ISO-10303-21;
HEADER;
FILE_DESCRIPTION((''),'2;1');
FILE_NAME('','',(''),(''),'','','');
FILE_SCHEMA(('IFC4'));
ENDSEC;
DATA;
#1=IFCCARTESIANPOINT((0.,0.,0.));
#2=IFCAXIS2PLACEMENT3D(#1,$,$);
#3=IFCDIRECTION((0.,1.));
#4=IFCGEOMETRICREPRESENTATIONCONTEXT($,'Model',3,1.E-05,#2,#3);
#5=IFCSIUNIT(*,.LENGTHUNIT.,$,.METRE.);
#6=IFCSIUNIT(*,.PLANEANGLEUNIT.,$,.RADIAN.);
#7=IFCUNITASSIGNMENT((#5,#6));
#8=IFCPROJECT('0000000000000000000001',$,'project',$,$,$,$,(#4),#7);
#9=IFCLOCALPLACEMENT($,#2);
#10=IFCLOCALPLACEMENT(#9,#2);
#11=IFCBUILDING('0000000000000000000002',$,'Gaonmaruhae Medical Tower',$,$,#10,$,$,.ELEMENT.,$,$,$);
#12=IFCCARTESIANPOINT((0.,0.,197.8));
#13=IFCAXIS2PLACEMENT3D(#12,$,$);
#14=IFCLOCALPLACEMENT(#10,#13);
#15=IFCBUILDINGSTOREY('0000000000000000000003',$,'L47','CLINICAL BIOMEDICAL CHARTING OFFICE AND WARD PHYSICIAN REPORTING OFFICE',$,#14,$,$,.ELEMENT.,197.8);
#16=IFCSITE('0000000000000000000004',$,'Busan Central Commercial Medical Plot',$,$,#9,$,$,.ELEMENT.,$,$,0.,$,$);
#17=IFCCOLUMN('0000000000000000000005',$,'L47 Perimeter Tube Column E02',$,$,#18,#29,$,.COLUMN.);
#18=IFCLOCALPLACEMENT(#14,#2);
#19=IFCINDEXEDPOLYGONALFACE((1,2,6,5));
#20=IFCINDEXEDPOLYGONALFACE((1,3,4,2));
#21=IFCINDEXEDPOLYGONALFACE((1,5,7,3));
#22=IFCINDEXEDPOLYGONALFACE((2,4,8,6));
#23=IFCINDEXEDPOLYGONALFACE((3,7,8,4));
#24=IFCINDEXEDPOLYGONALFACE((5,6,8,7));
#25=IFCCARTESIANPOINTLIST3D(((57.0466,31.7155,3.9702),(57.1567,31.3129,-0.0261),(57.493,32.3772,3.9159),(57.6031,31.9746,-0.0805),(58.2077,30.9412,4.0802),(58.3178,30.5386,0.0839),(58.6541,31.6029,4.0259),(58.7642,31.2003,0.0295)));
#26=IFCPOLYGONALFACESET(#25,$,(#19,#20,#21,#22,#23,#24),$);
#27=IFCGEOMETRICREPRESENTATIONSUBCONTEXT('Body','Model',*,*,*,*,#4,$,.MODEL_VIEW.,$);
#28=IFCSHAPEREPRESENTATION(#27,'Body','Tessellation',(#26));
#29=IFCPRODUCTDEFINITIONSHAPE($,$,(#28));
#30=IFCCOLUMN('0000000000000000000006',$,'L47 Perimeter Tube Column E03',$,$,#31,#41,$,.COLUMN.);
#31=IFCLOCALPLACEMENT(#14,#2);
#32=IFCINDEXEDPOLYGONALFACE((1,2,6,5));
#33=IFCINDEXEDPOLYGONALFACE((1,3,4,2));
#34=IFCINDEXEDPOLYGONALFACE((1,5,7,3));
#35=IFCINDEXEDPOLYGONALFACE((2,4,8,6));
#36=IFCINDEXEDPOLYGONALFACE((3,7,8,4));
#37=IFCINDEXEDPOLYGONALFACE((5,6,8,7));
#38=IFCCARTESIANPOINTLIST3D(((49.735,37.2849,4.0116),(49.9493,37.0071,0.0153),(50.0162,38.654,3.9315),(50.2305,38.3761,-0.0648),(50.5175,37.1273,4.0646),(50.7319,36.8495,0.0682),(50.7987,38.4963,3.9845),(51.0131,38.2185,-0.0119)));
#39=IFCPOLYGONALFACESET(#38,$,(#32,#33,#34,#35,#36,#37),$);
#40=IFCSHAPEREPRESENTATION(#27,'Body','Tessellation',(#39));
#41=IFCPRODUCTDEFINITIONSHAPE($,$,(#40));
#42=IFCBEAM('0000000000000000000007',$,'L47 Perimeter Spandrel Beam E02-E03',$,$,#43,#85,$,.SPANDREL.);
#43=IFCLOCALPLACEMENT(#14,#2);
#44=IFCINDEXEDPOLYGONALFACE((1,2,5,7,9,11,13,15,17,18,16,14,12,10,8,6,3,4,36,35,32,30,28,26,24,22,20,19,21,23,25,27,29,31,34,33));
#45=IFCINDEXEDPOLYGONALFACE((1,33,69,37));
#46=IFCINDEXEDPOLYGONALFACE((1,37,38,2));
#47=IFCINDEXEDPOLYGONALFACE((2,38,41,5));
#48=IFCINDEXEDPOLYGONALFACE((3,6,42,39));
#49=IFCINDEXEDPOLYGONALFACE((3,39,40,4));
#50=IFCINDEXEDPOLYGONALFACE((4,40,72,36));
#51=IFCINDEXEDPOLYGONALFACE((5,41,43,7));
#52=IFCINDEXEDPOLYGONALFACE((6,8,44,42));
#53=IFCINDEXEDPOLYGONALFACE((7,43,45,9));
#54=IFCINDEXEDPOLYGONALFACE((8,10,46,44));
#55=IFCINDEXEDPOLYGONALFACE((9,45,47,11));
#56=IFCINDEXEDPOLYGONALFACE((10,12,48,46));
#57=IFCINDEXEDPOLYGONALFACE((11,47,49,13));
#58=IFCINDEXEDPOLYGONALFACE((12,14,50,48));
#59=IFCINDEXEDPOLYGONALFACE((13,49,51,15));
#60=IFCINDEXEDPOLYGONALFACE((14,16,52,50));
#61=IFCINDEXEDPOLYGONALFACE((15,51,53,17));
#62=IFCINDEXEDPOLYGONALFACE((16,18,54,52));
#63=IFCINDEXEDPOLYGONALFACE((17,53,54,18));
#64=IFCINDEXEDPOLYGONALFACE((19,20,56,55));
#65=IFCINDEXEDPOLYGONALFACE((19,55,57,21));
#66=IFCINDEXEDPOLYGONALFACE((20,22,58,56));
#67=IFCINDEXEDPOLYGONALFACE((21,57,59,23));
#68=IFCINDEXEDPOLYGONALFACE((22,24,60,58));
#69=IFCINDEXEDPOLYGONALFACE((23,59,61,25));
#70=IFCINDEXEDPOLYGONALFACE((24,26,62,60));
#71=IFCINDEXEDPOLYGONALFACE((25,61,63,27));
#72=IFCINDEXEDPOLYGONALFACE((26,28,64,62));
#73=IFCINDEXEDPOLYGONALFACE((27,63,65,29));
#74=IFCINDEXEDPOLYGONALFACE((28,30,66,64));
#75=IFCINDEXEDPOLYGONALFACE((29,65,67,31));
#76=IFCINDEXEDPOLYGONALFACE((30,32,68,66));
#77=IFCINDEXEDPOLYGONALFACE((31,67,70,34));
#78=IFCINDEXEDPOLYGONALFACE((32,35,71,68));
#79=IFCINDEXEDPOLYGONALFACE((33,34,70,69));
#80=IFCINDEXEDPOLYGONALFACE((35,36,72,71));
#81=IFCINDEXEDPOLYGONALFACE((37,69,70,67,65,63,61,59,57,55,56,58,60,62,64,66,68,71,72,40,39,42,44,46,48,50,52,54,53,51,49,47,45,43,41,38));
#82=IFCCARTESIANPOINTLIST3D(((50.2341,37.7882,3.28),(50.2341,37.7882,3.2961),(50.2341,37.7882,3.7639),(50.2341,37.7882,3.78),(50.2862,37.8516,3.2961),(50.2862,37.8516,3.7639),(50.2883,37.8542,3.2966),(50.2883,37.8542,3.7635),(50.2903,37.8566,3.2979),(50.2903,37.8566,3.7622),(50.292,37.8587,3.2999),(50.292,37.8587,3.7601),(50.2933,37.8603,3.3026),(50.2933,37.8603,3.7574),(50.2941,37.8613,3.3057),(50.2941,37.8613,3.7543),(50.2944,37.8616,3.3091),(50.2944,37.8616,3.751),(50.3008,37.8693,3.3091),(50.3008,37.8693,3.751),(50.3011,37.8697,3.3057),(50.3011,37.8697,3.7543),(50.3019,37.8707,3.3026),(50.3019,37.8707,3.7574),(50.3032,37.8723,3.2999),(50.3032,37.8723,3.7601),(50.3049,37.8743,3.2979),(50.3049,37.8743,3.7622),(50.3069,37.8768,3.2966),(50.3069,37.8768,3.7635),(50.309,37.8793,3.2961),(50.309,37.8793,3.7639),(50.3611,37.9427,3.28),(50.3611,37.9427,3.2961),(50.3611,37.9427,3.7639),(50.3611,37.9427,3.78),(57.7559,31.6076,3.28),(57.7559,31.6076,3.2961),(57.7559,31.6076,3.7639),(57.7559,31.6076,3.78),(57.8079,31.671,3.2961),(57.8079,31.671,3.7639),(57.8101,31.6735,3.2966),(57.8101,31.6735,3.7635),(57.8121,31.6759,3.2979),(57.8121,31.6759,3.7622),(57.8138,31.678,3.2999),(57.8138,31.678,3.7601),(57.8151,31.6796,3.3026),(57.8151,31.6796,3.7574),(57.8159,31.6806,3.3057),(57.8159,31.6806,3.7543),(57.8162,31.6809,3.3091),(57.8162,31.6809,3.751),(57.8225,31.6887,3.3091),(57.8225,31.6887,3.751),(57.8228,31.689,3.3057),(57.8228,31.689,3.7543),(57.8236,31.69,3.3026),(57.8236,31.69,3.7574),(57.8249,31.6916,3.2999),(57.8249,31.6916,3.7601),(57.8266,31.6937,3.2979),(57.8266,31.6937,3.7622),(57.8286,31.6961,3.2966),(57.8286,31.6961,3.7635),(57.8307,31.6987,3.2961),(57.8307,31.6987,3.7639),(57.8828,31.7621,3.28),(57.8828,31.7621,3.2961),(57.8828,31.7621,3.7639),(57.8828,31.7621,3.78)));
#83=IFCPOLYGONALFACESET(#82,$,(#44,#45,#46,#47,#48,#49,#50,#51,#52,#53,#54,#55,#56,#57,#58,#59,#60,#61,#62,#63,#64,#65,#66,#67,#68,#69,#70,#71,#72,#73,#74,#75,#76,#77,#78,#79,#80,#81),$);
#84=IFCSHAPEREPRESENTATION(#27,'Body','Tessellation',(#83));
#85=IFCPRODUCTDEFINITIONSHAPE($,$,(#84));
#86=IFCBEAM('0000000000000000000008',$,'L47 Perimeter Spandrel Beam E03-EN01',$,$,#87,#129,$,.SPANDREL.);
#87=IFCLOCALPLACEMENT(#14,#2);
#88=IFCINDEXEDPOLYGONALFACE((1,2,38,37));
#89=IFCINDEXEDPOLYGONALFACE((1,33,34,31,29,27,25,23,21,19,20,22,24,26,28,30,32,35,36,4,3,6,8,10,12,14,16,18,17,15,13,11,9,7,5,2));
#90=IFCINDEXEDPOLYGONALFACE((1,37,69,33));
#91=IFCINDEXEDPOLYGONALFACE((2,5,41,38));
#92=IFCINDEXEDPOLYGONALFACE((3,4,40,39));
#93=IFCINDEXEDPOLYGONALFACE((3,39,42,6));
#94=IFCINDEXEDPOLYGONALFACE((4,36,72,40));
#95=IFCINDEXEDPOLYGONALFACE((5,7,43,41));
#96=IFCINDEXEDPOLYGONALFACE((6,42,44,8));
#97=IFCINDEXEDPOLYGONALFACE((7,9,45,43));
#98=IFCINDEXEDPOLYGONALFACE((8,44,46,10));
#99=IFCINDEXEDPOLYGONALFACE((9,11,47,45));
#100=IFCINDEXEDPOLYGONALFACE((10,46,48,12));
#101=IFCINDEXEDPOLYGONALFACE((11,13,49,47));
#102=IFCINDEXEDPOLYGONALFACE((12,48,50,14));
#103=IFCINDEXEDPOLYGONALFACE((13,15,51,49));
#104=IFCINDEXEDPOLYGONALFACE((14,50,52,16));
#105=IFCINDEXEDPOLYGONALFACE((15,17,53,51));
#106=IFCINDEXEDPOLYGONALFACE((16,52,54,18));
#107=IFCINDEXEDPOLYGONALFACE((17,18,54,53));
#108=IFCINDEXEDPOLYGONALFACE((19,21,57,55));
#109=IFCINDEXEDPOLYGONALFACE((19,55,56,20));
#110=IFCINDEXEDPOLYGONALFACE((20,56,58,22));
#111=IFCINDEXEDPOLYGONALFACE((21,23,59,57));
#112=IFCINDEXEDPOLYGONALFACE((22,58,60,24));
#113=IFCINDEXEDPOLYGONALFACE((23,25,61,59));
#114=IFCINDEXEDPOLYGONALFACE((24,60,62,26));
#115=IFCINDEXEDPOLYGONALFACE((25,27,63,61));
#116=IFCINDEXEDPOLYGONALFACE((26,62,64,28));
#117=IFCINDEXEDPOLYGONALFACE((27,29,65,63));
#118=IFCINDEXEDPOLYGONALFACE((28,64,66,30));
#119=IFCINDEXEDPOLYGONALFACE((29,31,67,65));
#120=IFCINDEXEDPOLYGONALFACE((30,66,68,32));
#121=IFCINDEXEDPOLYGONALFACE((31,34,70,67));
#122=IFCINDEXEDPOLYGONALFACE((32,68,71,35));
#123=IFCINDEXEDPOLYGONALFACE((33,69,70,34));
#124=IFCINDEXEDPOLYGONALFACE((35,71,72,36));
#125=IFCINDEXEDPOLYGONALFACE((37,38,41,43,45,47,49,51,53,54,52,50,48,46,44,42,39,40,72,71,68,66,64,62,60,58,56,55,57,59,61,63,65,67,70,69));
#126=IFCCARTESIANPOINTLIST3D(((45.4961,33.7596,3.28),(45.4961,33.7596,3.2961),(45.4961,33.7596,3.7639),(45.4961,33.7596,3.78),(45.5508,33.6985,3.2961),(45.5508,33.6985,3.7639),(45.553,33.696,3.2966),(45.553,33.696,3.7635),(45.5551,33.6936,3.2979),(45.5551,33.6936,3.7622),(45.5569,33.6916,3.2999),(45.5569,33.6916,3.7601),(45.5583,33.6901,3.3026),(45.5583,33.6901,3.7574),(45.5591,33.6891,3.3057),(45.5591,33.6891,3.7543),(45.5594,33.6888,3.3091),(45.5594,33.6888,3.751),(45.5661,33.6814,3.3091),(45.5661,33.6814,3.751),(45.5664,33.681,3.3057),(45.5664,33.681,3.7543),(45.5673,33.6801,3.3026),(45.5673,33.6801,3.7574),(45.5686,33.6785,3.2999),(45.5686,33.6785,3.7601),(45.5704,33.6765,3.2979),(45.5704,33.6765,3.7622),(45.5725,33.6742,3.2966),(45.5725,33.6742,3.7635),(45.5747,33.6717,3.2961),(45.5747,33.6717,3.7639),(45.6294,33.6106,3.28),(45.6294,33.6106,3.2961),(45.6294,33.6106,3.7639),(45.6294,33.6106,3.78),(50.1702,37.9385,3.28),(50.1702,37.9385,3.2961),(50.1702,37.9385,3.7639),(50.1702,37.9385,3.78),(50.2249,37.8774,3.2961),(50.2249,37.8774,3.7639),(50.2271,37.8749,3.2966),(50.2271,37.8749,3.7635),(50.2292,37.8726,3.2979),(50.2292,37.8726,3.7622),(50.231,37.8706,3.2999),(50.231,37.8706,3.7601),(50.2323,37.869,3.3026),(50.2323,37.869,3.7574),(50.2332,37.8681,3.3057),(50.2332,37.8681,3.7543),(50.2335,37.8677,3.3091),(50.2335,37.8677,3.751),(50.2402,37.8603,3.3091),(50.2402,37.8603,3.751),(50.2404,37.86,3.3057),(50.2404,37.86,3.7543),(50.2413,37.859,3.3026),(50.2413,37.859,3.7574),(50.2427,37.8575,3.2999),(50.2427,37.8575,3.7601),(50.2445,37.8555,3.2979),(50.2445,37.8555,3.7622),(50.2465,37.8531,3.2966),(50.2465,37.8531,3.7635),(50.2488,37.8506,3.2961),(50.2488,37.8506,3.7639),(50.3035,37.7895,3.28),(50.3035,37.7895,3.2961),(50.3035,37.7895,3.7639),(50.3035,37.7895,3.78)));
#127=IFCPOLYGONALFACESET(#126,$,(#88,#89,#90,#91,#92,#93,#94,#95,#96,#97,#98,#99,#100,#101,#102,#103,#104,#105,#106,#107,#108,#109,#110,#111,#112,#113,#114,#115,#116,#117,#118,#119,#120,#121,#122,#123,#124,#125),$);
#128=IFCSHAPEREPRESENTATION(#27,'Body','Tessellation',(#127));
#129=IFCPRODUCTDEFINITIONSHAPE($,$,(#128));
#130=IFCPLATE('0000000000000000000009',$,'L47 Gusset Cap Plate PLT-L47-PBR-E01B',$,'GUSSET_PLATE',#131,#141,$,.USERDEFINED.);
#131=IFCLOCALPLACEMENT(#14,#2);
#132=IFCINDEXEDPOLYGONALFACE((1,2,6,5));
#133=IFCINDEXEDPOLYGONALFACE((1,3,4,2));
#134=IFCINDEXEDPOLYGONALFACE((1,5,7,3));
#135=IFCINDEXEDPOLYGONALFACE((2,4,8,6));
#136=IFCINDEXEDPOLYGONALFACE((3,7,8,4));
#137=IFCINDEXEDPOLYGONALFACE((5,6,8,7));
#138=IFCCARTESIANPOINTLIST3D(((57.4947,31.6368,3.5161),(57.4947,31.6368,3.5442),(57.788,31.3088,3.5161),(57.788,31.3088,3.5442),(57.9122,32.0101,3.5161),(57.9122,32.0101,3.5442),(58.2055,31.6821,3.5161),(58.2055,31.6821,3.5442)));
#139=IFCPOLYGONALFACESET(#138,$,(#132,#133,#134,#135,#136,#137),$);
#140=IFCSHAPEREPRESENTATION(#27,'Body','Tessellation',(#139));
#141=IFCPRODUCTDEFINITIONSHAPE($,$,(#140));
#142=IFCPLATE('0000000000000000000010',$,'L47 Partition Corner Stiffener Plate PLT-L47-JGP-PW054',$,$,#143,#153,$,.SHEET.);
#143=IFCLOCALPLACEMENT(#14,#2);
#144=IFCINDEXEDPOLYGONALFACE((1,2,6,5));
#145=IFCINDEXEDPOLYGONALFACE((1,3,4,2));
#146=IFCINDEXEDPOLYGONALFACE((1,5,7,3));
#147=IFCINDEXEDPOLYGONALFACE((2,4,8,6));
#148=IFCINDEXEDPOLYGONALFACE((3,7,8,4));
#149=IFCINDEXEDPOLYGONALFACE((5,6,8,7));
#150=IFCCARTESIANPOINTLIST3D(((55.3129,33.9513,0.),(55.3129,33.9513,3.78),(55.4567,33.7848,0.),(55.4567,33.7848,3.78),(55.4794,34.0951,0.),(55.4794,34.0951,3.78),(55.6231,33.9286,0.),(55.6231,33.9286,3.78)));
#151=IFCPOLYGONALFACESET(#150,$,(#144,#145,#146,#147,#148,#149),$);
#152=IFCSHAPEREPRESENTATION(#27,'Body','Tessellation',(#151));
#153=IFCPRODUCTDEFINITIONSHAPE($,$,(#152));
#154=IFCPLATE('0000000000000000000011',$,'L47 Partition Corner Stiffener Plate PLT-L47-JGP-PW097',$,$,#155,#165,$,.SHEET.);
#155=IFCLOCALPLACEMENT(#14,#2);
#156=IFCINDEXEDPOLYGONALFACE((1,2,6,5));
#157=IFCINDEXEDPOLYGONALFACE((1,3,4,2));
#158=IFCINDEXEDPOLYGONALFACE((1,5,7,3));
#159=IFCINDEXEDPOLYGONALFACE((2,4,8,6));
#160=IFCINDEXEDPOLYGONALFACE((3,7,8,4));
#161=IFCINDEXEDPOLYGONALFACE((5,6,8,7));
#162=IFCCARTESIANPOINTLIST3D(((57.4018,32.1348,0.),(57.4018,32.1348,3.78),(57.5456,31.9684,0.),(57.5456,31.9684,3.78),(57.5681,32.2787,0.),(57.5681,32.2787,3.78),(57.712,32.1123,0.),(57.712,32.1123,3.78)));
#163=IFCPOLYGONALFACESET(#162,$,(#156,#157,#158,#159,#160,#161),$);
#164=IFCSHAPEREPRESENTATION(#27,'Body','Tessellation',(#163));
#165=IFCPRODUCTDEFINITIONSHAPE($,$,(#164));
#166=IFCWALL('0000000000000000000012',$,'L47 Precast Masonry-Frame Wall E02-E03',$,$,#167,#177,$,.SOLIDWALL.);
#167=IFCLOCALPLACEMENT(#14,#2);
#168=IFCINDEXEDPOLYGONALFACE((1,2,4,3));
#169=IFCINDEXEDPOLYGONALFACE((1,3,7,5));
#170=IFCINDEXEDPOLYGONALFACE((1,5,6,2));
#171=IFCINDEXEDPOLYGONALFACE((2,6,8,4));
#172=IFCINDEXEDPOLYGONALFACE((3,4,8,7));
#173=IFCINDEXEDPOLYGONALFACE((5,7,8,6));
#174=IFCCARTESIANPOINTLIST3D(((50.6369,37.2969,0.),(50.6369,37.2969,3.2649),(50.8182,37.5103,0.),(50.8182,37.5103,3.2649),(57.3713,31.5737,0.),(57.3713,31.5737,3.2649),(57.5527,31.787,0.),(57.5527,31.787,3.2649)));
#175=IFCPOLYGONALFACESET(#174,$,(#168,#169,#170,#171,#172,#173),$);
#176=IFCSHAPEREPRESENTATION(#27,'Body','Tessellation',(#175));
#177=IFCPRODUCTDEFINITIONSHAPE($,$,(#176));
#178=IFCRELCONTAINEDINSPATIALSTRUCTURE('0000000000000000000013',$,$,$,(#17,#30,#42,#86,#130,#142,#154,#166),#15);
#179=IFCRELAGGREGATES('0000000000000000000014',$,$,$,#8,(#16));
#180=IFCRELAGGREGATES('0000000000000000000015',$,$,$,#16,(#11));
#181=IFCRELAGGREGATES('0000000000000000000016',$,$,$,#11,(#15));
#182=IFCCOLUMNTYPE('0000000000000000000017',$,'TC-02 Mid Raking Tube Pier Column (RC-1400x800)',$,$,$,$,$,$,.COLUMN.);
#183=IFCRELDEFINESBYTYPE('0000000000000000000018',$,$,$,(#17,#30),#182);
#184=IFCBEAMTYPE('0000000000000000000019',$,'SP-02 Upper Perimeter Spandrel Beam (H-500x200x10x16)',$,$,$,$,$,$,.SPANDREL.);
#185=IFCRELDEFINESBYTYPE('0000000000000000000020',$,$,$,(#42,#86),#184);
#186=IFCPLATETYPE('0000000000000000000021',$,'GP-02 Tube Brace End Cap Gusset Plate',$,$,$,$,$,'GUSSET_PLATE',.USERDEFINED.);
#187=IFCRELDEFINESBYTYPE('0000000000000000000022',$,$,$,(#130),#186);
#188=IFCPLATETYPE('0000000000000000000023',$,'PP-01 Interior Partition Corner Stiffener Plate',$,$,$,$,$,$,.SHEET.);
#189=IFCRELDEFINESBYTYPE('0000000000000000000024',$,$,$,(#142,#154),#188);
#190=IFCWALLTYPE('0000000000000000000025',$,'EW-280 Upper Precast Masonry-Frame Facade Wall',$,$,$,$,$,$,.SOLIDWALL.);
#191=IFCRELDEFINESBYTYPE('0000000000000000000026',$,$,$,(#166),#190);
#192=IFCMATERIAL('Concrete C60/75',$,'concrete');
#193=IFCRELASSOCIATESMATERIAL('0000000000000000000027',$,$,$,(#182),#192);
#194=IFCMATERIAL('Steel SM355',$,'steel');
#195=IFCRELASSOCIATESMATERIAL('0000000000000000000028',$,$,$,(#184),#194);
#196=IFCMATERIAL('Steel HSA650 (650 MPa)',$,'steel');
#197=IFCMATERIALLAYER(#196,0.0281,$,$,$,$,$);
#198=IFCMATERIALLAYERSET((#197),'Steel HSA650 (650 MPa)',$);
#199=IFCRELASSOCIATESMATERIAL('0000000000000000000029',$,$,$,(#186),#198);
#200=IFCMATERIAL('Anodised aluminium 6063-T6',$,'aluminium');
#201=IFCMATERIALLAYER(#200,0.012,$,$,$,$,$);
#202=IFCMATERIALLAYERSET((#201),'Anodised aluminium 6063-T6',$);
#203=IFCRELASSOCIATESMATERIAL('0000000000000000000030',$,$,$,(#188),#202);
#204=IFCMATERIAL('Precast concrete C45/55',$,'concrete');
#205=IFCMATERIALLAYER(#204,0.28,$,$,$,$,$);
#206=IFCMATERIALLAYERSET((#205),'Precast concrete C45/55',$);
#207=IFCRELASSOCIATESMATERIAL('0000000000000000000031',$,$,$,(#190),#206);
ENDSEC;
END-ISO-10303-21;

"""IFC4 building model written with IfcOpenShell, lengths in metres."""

from ifc_helpers import new_model, si_unit, direction, frame, frame_2d, origin, origin_2d, place, context, subcontext, project, spatial, rectangle, i_section, extrude, material, layer, layer_set, material_profile, profile_set, type_object, element, save


model = new_model("IFC4")

# Units and contexts
model_context = context("Model", 3, precision=1e-05, world=origin(), true_north=direction((0.0, 1.0)))
body_context = subcontext(model_context, "Body", "Model", "MODEL_VIEW")
ifc_project = project(units=[si_unit("LENGTHUNIT", "METRE"), si_unit("PLANEANGLEUNIT", "RADIAN")], contexts=[model_context])

# Site, building, storey
site_placement = place(None, origin())
site = spatial("IfcSite", under=ifc_project, at=site_placement, Name="Busan Central Commercial Medical Plot", CompositionType="ELEMENT", RefElevation=0.0)
building_placement = place(site_placement, origin())
building = spatial("IfcBuilding", under=site, at=building_placement, Name="Gaonmaruhae Medical Tower", CompositionType="ELEMENT")
storey_placement = place(building_placement, frame((0.0, 0.0, 197.8)))
storey = spatial("IfcBuildingStorey", under=building, at=storey_placement, Name="L47", Description="CLINICAL BIOMEDICAL CHARTING OFFICE AND WARD PHYSICIAN REPORTING OFFICE", CompositionType="ELEMENT", Elevation=197.8)

# Columns
ifc_material_1 = material(Name="Concrete C60/75", Category="concrete")
ifc_material_profile_1 = material_profile(ifc_material_1, rectangle(XDim=1.3999, YDim=0.8, at=origin_2d()), Name="RC-1400x800")
ifc_profile_set_1 = profile_set([ifc_material_profile_1], Name="Concrete C60/75")
column_type = type_object("IfcColumnType", Name="TC-02 Mid Raking Tube Pier Column (RC-1400x800)", PredefinedType="COLUMN", material=ifc_profile_set_1)
column_1_placement = place(storey_placement, frame((57.9604, 31.2566, 0.0017), z_axis=(-0.027403, 0.100194, 0.99459), x_axis=(0.829383, -0.553128, 0.078573)))
element("IfcColumn", 1, at=column_1_placement, inside=storey, type_object=column_type, Name="L47 Perimeter Tube Column E02", PredefinedType="COLUMN", context=body_context, shape_type="SweptSolid", body=[
    extrude(rectangle(XDim=1.3999, YDim=0.8, at=origin_2d()), origin(), (0.0, 0.0, 1.0), 4.0181),
])
column_2_placement = place(storey_placement, frame((50.4812, 37.6128, 0.0017), z_axis=(-0.053432, 0.069255, 0.996167), x_axis=(-0.200878, -0.977944, 0.057214)))
element("IfcColumn", 2, at=column_2_placement, inside=storey, type_object=column_type, Name="L47 Perimeter Tube Column E03", PredefinedType="COLUMN", context=body_context, shape_type="SweptSolid", body=[
    extrude(rectangle(XDim=1.3999, YDim=0.8, at=origin_2d()), origin(), (0.0, 0.0, 1.0), 4.0117),
])

# Beams
ifc_material_2 = material(Name="Steel SM355", Category="steel")
ifc_material_profile_2 = material_profile(ifc_material_2, i_section(OverallWidth=0.2, OverallDepth=0.5, WebThickness=0.01, FlangeThickness=0.0161, FilletRadius=0.0129, at=origin_2d()), Name="H-500x200x10x16")
ifc_profile_set_2 = profile_set([ifc_material_profile_2], Name="Steel SM355")
beam_type = type_object("IfcBeamType", Name="SP-02 Upper Perimeter Spandrel Beam (H-500x200x10x16)", PredefinedType="SPANDREL", material=ifc_profile_set_2)
beam_1_placement = place(storey_placement, frame((57.8193, 31.6848, 3.53), z_axis=(-0.77262, 0.634868, 0.0), x_axis=(-0.634868, -0.77262, 0.0)))
element("IfcBeam", 3, at=beam_1_placement, inside=storey, type_object=beam_type, Name="L47 Perimeter Spandrel Beam E02-E03", PredefinedType="SPANDREL", context=body_context, shape_type="SweptSolid", body=[
    extrude(i_section(OverallWidth=0.2, OverallDepth=0.5, WebThickness=0.01, FlangeThickness=0.0161, FilletRadius=0.0129, at=origin_2d()), origin(), (0.0, 0.0, 1.0), 9.7354),
])
beam_2_placement = place(storey_placement, frame((50.2368, 37.864, 3.53), z_axis=(-0.745488, -0.666519, 0.0), x_axis=(0.666519, -0.745488, 0.0)))
element("IfcBeam", 4, at=beam_2_placement, inside=storey, type_object=beam_type, Name="L47 Perimeter Spandrel Beam E03-EN01", PredefinedType="SPANDREL", context=body_context, shape_type="SweptSolid", body=[
    extrude(i_section(OverallWidth=0.2, OverallDepth=0.5, WebThickness=0.01, FlangeThickness=0.0161, FilletRadius=0.0129, at=origin_2d()), origin(), (0.0, 0.0, 1.0), 6.2698),
])

# Plates
ifc_material_3 = material(Name="Steel HSA650 (650 MPa)", Category="steel")
ifc_layer_1 = layer(ifc_material_3, 0.0281)
ifc_layer_set_1 = layer_set([ifc_layer_1], Name="Steel HSA650 (650 MPa)")
plate_type_1 = type_object("IfcPlateType", Name="GP-02 Tube Brace End Cap Gusset Plate", ElementType="GUSSET_PLATE", PredefinedType="USERDEFINED", material=ifc_layer_set_1)
plate_placement = place(storey_placement, frame((57.8501, 31.6594, 3.5161), z_axis=(0.0, 0.0, 1.0), x_axis=(0.745476, 0.666532, 0.0)))
element("IfcPlate", 5, at=plate_placement, inside=storey, type_object=plate_type_1, Name="L47 Gusset Cap Plate PLT-L47-PBR-E01B", ObjectType="GUSSET_PLATE", PredefinedType="USERDEFINED", context=body_context, shape_type="SweptSolid", body=[
    extrude(rectangle(XDim=0.5601, YDim=0.4399, at=origin_2d()), origin(), (0.0, 0.0, 1.0), 0.0281),
])
ifc_material_4 = material(Name="Anodised aluminium 6063-T6", Category="aluminium")
ifc_layer_2 = layer(ifc_material_4, 0.012)
ifc_layer_set_2 = layer_set([ifc_layer_2], Name="Anodised aluminium 6063-T6")
plate_type_2 = type_object("IfcPlateType", Name="PP-01 Interior Partition Corner Stiffener Plate", PredefinedType="SHEET", material=ifc_layer_set_2)
for number, where, z_axis, x_axis, name in (
    (6, (55.468, 33.9399, 0.0), (0.0, 0.0, 1.0), (-0.756824, -0.653619, 0.0), "L47 Partition Corner Stiffener Plate PLT-L47-JGP-PW054"),
    (7, (57.5569, 32.1235, 0.0), (0.0, 0.0, 1.0), (0.756436, 0.654068, 0.0), "L47 Partition Corner Stiffener Plate PLT-L47-JGP-PW097"),
):
    element("IfcPlate", number, at=place(storey_placement, frame(where, z_axis=z_axis, x_axis=x_axis)), inside=storey, type_object=plate_type_2, Name=name, PredefinedType="SHEET", context=body_context, shape_type="SweptSolid", body=[
        extrude(rectangle(XDim=0.22, YDim=0.22, at=origin_2d()), origin(), (0.0, 0.0, 1.0), 3.78),
    ])

# Wall
ifc_material_5 = material(Name="Precast concrete C45/55", Category="concrete")
ifc_layer_3 = layer(ifc_material_5, 0.28)
ifc_layer_set_3 = layer_set([ifc_layer_3], Name="Precast concrete C45/55")
wall_type_1 = type_object("IfcWallType", Name="EW-280 Upper Precast Masonry-Frame Facade Wall", PredefinedType="SOLIDWALL", material=ifc_layer_set_3)
wall_1_placement = place(storey_placement, frame((50.7275, 37.4036, 0.0), z_axis=(0.0, 0.0, 1.0), x_axis=(0.761999, -0.647578, 0.0)))
element("IfcWall", 8, at=wall_1_placement, inside=storey, type_object=wall_type_1, Name="L47 Precast Masonry-Frame Wall E02-E03", PredefinedType="SOLIDWALL", context=body_context, shape_type="SweptSolid", body=[
    extrude(rectangle(XDim=8.8379, YDim=0.28, at=frame_2d((4.4189, 0.0))), origin(), (0.0, 0.0, 1.0), 3.2649),
])

save(model, "model.ifc")
